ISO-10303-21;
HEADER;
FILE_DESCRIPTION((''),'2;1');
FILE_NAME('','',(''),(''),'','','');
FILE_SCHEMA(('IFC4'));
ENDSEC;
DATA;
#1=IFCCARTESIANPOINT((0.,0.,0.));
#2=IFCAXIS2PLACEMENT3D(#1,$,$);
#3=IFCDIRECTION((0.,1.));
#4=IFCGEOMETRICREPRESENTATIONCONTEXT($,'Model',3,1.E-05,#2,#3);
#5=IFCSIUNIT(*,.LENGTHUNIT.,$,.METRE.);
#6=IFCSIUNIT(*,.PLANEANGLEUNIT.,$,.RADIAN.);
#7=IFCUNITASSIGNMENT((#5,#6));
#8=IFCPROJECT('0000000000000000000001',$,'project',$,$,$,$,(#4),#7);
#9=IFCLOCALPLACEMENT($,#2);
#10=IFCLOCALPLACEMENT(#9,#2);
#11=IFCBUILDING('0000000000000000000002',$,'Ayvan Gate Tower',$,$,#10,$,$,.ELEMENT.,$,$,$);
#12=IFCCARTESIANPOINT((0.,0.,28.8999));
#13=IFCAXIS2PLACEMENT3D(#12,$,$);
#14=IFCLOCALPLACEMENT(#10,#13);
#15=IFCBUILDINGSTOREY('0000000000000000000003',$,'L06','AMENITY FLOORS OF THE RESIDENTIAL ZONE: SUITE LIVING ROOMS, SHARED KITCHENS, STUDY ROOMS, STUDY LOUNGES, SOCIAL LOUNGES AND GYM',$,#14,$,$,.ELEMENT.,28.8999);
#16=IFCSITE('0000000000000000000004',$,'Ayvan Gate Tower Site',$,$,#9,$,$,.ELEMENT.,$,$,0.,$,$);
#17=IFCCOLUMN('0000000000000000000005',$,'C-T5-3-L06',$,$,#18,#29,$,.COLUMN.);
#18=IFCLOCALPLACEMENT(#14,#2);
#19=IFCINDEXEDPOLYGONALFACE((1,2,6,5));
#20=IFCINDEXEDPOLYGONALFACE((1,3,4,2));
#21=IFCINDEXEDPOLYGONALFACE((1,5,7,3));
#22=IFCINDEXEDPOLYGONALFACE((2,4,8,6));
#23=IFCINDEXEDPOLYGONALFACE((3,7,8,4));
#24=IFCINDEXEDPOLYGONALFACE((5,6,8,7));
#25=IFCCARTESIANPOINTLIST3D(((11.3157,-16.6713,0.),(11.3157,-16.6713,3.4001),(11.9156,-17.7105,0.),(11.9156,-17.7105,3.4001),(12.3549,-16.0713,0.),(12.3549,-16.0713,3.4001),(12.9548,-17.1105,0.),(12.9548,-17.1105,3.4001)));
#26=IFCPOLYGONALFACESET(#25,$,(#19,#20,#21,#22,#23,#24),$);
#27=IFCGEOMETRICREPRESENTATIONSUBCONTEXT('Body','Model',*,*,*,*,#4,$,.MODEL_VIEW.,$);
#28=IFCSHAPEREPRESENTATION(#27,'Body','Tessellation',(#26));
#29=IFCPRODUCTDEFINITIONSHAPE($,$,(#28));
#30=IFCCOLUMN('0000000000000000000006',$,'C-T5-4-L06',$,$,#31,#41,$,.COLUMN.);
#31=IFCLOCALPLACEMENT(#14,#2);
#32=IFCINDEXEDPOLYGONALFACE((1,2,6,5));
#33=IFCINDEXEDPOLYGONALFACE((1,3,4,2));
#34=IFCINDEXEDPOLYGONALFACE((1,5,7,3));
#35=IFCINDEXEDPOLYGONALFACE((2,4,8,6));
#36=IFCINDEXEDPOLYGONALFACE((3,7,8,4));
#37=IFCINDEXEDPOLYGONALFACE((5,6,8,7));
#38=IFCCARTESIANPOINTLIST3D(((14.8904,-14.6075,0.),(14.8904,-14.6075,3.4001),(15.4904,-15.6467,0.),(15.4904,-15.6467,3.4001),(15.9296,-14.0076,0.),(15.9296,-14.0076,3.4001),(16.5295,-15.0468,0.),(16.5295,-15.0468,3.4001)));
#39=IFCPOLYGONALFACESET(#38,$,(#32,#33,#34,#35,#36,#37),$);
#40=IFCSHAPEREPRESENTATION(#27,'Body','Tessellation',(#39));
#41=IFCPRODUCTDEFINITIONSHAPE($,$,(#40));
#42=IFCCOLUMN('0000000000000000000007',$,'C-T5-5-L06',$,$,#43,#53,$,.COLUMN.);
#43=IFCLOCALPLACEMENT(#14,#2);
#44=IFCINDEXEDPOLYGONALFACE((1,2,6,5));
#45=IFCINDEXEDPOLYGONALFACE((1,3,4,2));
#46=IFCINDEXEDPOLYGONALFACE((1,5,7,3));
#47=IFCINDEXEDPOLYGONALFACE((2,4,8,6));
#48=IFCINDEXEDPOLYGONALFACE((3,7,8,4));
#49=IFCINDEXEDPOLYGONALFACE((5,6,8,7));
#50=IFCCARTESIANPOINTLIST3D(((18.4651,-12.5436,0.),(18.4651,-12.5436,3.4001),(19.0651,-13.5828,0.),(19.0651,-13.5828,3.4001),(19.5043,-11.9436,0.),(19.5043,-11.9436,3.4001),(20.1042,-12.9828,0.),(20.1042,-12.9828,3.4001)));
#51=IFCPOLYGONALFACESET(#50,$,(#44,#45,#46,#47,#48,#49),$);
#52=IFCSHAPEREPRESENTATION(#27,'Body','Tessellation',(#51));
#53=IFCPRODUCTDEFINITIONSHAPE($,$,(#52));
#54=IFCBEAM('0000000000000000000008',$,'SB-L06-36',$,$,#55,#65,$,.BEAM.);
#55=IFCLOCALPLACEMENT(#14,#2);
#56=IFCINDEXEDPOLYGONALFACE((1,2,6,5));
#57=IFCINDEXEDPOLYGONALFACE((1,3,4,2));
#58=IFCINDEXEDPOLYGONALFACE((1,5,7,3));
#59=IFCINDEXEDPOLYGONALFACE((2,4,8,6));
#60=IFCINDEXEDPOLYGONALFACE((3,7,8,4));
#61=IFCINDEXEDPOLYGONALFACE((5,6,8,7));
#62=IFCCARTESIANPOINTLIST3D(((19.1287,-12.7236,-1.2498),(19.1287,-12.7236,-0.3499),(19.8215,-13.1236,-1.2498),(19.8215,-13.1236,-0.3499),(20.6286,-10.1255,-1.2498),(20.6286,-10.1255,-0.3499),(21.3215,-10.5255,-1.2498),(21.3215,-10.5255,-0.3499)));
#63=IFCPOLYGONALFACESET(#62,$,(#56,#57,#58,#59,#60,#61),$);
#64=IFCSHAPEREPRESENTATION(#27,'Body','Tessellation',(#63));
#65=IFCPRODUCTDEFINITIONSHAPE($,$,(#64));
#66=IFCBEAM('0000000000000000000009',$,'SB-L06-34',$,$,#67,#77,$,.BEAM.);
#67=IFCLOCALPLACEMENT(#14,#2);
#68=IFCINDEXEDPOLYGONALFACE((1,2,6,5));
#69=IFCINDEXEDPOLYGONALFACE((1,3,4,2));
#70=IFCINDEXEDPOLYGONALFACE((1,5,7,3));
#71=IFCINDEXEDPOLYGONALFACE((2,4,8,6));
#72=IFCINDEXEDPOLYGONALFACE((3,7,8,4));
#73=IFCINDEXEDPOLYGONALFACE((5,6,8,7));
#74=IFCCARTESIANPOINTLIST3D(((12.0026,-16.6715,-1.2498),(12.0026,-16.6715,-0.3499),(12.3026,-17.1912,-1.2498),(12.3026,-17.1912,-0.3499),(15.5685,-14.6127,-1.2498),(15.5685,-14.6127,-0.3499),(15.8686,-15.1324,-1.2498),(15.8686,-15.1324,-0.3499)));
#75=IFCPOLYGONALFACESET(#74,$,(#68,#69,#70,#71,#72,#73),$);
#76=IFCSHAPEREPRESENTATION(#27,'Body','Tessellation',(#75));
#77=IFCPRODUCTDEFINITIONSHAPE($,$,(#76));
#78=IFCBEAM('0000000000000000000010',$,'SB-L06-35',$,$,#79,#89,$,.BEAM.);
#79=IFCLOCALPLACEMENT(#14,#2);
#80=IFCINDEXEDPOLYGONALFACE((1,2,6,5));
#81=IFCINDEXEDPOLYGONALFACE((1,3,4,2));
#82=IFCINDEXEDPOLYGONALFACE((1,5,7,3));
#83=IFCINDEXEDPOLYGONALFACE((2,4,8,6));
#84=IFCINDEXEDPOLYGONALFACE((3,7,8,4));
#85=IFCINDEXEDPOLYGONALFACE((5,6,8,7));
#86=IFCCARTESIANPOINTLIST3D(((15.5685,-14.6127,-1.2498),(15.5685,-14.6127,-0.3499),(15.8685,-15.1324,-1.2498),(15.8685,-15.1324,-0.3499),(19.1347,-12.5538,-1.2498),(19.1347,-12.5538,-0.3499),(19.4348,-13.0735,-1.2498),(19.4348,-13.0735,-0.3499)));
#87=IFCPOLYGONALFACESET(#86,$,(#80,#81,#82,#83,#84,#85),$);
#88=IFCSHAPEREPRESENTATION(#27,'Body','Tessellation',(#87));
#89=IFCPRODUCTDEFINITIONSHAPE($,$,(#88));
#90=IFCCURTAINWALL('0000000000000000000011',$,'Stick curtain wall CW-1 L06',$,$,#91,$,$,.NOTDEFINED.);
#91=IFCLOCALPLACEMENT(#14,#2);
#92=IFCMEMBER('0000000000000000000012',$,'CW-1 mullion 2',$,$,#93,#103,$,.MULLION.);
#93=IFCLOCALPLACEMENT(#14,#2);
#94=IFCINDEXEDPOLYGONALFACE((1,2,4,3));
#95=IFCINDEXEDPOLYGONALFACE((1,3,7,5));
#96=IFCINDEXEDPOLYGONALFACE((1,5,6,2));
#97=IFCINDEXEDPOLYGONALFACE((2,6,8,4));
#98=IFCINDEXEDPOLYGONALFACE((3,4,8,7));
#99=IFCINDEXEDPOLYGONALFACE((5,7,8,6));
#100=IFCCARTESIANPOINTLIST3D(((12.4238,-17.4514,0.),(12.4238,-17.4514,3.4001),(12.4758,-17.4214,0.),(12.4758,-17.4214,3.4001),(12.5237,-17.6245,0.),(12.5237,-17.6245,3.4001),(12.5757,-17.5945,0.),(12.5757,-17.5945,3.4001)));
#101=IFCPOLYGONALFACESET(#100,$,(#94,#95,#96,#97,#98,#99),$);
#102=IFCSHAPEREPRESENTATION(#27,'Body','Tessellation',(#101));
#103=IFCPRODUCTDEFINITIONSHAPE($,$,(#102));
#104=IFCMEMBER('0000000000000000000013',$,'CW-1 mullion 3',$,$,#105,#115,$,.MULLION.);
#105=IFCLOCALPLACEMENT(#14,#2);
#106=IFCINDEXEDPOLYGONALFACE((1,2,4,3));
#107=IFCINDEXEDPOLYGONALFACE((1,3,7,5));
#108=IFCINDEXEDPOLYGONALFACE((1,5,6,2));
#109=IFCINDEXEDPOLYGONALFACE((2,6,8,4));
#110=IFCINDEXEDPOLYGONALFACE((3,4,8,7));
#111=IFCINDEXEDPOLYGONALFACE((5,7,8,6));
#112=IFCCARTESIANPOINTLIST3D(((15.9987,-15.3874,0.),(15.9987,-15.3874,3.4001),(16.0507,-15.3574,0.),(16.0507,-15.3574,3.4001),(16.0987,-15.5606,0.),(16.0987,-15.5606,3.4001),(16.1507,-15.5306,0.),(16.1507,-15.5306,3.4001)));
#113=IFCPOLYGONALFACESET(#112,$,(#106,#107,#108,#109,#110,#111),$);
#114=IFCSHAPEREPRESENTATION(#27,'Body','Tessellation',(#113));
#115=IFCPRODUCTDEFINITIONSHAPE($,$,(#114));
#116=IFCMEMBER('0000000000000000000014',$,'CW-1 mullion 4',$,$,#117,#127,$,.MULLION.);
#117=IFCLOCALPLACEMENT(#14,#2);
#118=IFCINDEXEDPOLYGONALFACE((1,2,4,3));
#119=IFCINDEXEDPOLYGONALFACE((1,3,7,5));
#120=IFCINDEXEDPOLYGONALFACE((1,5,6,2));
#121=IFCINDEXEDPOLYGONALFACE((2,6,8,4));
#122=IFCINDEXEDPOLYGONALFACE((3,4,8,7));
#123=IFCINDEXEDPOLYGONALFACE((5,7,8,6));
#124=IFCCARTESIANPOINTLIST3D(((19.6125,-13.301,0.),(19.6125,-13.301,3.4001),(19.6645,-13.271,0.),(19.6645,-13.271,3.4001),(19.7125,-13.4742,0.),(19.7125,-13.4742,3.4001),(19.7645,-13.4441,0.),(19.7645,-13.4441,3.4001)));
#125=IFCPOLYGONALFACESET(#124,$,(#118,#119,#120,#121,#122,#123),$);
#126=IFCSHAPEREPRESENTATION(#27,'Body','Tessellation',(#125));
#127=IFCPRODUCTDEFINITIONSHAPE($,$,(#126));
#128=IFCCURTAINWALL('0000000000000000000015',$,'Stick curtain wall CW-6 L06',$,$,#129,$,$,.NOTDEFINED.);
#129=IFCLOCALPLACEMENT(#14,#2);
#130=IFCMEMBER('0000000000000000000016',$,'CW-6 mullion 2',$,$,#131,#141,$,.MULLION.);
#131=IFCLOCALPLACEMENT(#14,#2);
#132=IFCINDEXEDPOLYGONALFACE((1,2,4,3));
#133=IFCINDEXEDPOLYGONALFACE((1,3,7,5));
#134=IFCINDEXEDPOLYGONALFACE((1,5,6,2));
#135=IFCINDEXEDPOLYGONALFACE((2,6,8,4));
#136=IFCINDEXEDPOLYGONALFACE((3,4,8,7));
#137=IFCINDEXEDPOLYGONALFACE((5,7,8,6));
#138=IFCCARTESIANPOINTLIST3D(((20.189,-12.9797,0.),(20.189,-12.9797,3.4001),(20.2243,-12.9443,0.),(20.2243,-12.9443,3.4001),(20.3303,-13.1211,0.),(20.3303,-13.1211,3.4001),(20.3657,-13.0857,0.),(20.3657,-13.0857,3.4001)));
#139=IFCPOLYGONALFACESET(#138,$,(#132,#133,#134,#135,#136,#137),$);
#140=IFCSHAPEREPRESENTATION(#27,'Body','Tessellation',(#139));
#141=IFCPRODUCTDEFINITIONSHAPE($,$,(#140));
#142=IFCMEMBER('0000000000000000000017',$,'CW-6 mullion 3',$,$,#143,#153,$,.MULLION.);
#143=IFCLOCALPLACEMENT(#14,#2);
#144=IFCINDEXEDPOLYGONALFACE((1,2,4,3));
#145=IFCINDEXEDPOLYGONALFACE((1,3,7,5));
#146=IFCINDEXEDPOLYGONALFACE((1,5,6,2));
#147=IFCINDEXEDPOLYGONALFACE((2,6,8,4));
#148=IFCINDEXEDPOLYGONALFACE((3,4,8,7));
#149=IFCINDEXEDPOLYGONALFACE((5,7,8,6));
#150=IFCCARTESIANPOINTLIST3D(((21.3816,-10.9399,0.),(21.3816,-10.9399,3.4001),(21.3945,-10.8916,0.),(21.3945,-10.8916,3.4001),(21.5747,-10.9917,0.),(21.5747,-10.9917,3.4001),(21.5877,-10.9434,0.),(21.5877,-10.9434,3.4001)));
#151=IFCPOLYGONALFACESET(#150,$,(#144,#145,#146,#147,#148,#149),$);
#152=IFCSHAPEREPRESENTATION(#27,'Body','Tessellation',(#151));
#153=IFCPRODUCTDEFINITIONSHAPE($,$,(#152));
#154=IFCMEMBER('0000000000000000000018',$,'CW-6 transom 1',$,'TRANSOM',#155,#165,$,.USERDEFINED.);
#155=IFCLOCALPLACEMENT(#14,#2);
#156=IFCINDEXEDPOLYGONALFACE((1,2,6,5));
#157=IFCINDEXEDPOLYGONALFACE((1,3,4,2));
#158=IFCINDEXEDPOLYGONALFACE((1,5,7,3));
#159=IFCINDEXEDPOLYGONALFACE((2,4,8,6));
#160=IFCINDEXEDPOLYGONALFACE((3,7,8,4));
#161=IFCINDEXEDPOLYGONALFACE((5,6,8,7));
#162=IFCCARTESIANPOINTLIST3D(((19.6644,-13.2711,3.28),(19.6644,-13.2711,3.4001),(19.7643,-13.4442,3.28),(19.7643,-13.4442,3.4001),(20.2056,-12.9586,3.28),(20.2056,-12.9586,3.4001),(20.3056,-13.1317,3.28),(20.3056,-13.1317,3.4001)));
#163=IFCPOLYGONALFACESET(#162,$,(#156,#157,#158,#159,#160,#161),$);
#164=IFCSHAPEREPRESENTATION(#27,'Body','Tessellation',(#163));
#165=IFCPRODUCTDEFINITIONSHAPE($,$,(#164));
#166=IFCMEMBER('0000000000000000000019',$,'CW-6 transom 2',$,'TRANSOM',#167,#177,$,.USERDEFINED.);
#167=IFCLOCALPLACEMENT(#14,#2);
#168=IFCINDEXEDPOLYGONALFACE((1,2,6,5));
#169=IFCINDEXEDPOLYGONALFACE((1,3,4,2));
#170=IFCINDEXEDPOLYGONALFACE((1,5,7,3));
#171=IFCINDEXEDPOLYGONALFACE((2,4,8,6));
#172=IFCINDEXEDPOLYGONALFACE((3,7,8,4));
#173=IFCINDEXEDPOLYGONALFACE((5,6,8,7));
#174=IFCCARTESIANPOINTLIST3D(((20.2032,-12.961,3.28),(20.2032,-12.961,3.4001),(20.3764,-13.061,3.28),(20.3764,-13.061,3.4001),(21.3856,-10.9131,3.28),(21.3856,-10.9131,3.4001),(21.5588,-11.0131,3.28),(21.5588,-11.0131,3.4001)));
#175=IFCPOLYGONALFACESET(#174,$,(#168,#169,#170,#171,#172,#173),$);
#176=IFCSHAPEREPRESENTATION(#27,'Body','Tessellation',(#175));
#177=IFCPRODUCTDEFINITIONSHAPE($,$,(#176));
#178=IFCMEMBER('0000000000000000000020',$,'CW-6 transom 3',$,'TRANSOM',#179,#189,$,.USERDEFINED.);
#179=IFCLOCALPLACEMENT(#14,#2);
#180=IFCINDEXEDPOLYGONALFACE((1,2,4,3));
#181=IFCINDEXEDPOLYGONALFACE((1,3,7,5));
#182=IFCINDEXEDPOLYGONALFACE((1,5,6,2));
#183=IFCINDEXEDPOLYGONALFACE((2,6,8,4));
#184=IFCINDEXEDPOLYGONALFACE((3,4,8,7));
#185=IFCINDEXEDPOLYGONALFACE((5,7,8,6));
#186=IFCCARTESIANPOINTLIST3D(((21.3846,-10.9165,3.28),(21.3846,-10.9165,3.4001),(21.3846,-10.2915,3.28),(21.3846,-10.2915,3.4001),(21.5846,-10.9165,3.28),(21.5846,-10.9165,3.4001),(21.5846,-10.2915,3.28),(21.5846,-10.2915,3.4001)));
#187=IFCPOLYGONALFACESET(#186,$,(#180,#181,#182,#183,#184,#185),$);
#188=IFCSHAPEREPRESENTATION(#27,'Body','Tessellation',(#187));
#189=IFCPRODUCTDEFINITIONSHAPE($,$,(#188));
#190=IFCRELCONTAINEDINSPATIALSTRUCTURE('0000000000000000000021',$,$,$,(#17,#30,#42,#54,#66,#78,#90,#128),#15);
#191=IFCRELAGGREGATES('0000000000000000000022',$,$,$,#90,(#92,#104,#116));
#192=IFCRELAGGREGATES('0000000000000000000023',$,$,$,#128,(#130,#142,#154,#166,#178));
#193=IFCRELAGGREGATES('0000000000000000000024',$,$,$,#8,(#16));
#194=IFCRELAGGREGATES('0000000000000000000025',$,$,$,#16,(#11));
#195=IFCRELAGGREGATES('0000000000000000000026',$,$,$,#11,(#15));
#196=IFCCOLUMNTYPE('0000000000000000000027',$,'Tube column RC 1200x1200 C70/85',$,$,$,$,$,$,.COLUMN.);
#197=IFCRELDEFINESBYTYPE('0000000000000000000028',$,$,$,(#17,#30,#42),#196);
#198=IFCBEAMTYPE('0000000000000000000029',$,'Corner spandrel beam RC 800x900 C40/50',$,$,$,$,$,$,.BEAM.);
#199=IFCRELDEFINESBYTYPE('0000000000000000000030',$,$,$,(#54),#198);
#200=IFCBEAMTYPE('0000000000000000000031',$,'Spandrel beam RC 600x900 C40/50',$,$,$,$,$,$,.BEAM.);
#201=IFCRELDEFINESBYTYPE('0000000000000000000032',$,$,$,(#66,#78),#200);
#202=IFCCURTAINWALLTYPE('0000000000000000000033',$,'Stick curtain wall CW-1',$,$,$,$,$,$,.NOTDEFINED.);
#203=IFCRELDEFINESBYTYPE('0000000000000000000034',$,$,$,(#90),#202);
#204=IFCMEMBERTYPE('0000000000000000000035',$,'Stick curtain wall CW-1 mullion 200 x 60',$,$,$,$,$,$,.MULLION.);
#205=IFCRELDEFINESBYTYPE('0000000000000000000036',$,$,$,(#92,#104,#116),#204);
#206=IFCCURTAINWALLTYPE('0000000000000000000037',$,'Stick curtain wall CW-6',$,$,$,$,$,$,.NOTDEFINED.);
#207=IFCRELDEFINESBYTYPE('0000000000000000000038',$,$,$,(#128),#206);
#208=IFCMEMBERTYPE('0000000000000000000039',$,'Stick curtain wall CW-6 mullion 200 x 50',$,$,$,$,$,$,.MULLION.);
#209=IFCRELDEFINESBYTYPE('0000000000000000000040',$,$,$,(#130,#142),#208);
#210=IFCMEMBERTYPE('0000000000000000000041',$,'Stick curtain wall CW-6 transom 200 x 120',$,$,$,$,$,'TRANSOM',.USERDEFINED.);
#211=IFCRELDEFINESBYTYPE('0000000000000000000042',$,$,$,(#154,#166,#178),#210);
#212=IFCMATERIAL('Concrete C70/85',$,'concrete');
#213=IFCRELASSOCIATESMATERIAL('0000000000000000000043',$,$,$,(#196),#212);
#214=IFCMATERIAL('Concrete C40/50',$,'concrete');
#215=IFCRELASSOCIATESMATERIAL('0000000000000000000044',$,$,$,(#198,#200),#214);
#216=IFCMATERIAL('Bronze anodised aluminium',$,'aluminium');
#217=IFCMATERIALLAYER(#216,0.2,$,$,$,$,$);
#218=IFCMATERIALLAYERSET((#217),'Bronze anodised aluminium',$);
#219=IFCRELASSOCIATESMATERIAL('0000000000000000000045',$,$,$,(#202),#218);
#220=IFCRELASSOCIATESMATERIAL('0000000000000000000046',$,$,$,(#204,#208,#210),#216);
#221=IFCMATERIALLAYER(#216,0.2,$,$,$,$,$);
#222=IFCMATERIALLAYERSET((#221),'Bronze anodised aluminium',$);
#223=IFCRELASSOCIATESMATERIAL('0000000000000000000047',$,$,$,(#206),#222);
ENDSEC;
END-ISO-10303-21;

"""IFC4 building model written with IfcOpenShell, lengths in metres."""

from ifc_helpers import new_model, si_unit, direction, frame, origin, origin_2d, place, context, subcontext, project, spatial, rectangle, extrude, material, layer, layer_set, material_profile, profile_set, type_object, element, aggregate, save


model = new_model("IFC4")

# Units and contexts
model_context = context("Model", 3, precision=1e-05, world=origin(), true_north=direction((0.0, 1.0)))
body_context = subcontext(model_context, "Body", "Model", "MODEL_VIEW")
ifc_project = project(units=[si_unit("LENGTHUNIT", "METRE"), si_unit("PLANEANGLEUNIT", "RADIAN")], contexts=[model_context])

# Site, building, storey
site_placement = place(None, origin())
site = spatial("IfcSite", under=ifc_project, at=site_placement, Name="Ayvan Gate Tower Site", CompositionType="ELEMENT", RefElevation=0.0)
building_placement = place(site_placement, origin())
building = spatial("IfcBuilding", under=site, at=building_placement, Name="Ayvan Gate Tower", CompositionType="ELEMENT")
storey_placement = place(building_placement, frame((0.0, 0.0, 28.8999)))
storey = spatial("IfcBuildingStorey", under=building, at=storey_placement, Name="L06", Description="AMENITY FLOORS OF THE RESIDENTIAL ZONE: SUITE LIVING ROOMS, SHARED KITCHENS, STUDY ROOMS, STUDY LOUNGES, SOCIAL LOUNGES AND GYM", CompositionType="ELEMENT", Elevation=28.8999)

# Columns
ifc_material_1 = material(Name="Concrete C70/85", Category="concrete")
ifc_material_profile_1 = material_profile(ifc_material_1, rectangle(XDim=1.2, YDim=1.2, at=origin_2d()), Name="RC 1200x1200")
ifc_profile_set_1 = profile_set([ifc_material_profile_1], Name="Concrete C70/85")
column_type = type_object("IfcColumnType", Name="Tube column RC 1200x1200 C70/85", PredefinedType="COLUMN", material=ifc_profile_set_1)
for number, where, z_axis, x_axis, name in (
    (1, (12.1353, -16.8909, 0.0), (0.0, 0.0, 1.0), (0.5, -0.866025, 0.0), "C-T5-3-L06"),
    (2, (15.71, -14.8271, 0.0), (0.0, 0.0, 1.0), (0.5, -0.866025, 0.0), "C-T5-4-L06"),
    (3, (19.2847, -12.7632, 0.0), (0.0, 0.0, 1.0), (0.5, -0.866025, 0.0), "C-T5-5-L06"),
):
    element("IfcColumn", number, at=place(storey_placement, frame(where, z_axis=z_axis, x_axis=x_axis)), inside=storey, type_object=column_type, Name=name, PredefinedType="COLUMN", context=body_context, shape_type="SweptSolid", body=[
        extrude(rectangle(XDim=1.2, YDim=1.2, at=origin_2d()), origin(), (0.0, 0.0, 1.0), 3.4001),
    ])

# Beams
ifc_material_2 = material(Name="Concrete C40/50", Category="concrete")
ifc_material_profile_2 = material_profile(ifc_material_2, rectangle(XDim=0.8, YDim=0.8999, at=origin_2d()), Name="RC 800x900")
ifc_profile_set_2 = profile_set([ifc_material_profile_2], Name="Concrete C40/50")
beam_type_1 = type_object("IfcBeamType", Name="Corner spandrel beam RC 800x900 C40/50", PredefinedType="BEAM", material=ifc_profile_set_2)
beam_1_placement = place(storey_placement, frame((19.4751, -12.9236, -0.7998), z_axis=(0.49999, 0.866031, 0.0), x_axis=(-0.866031, 0.49999, 0.0)))
element("IfcBeam", 4, at=beam_1_placement, inside=storey, type_object=beam_type_1, Name="SB-L06-36", PredefinedType="BEAM", context=body_context, shape_type="SweptSolid", body=[
    extrude(rectangle(XDim=0.8, YDim=0.8999, at=origin_2d()), origin(), (0.0, 0.0, 1.0), 3.0),
])
ifc_material_profile_3 = material_profile(ifc_material_2, rectangle(XDim=0.6001, YDim=0.8999, at=origin_2d()), Name="RC 600x900")
ifc_profile_set_3 = profile_set([ifc_material_profile_3], Name="Concrete C40/50")
beam_type_2 = type_object("IfcBeamType", Name="Spandrel beam RC 600x900 C40/50", PredefinedType="BEAM", material=ifc_profile_set_3)
beam_2_placement = place(storey_placement, frame((12.1526, -16.9314, -0.7998), z_axis=(0.86602, 0.50001, 0.0), x_axis=(-0.50001, 0.86602, 0.0)))
element("IfcBeam", 5, at=beam_2_placement, inside=storey, type_object=beam_type_2, Name="SB-L06-34", PredefinedType="BEAM", context=body_context, shape_type="SweptSolid", body=[
    extrude(rectangle(XDim=0.6001, YDim=0.8999, at=origin_2d()), origin(), (0.0, 0.0, 1.0), 4.1177),
])
beam_3_placement = place(storey_placement, frame((15.7185, -14.8726, -0.7998), z_axis=(0.866035, 0.499984, 0.0), x_axis=(-0.499984, 0.866035, 0.0)))
element("IfcBeam", 6, at=beam_3_placement, inside=storey, type_object=beam_type_2, Name="SB-L06-35", PredefinedType="BEAM", context=body_context, shape_type="SweptSolid", body=[
    extrude(rectangle(XDim=0.6001, YDim=0.8999, at=origin_2d()), origin(), (0.0, 0.0, 1.0), 4.1179),
])

# Curtain walls, members
ifc_material_3 = material(Name="Bronze anodised aluminium", Category="aluminium")
ifc_layer_1 = layer(ifc_material_3, 0.2)
ifc_layer_set_1 = layer_set([ifc_layer_1], Name="Bronze anodised aluminium")
curtain_wall_type_1 = type_object("IfcCurtainWallType", Name="Stick curtain wall CW-1", PredefinedType="NOTDEFINED", material=ifc_layer_set_1)
curtain_wall_1_placement = place(storey_placement, origin())
curtain_wall_1 = element("IfcCurtainWall", 7, at=curtain_wall_1_placement, inside=storey, type_object=curtain_wall_type_1, Name="Stick curtain wall CW-1 L06", PredefinedType="NOTDEFINED")
ifc_material_profile_4 = material_profile(ifc_material_3, rectangle(XDim=0.2, YDim=0.0601, at=origin_2d()), Name="Stick curtain wall CW-1 mullion 200 x 60")
ifc_profile_set_4 = profile_set([ifc_material_profile_4], Name="Bronze anodised aluminium")
member_type_1 = type_object("IfcMemberType", Name="Stick curtain wall CW-1 mullion 200 x 60", PredefinedType="MULLION", material=ifc_profile_set_4)
member_1_placement = place(storey_placement, frame((12.4998, -17.5229, 0.0), z_axis=(0.0, 0.0, 1.0), x_axis=(0.5, -0.866025, 0.0)))
member_1 = element("IfcMember", 8, at=member_1_placement, type_object=member_type_1, Name="CW-1 mullion 2", PredefinedType="MULLION", context=body_context, shape_type="SweptSolid", body=[
    extrude(rectangle(XDim=0.2, YDim=0.0601, at=origin_2d()), origin(), (0.0, 0.0, 1.0), 3.4001),
])
member_2_placement = place(storey_placement, frame((16.0747, -15.459, 0.0), z_axis=(0.0, 0.0, 1.0), x_axis=(0.5, -0.866025, 0.0)))
member_2 = element("IfcMember", 9, at=member_2_placement, type_object=member_type_1, Name="CW-1 mullion 3", PredefinedType="MULLION", context=body_context, shape_type="SweptSolid", body=[
    extrude(rectangle(XDim=0.2, YDim=0.0601, at=origin_2d()), origin(), (0.0, 0.0, 1.0), 3.4001),
])
member_3_placement = place(storey_placement, frame((19.6885, -13.3726, 0.0), z_axis=(0.0, 0.0, 1.0), x_axis=(0.5, -0.866025, 0.0)))
member_3 = element("IfcMember", 10, at=member_3_placement, type_object=member_type_1, Name="CW-1 mullion 4", PredefinedType="MULLION", context=body_context, shape_type="SweptSolid", body=[
    extrude(rectangle(XDim=0.2, YDim=0.0601, at=origin_2d()), origin(), (0.0, 0.0, 1.0), 3.4001),
])
ifc_layer_2 = layer(ifc_material_3, 0.2)
ifc_layer_set_2 = layer_set([ifc_layer_2], Name="Bronze anodised aluminium")
curtain_wall_type_2 = type_object("IfcCurtainWallType", Name="Stick curtain wall CW-6", PredefinedType="NOTDEFINED", material=ifc_layer_set_2)
curtain_wall_2_placement = place(storey_placement, origin())
curtain_wall_2 = element("IfcCurtainWall", 11, at=curtain_wall_2_placement, inside=storey, type_object=curtain_wall_type_2, Name="Stick curtain wall CW-6 L06", PredefinedType="NOTDEFINED")
ifc_material_profile_5 = material_profile(ifc_material_3, rectangle(XDim=0.2, YDim=0.05, at=origin_2d()), Name="Stick curtain wall CW-6 mullion 200 x 50")
ifc_profile_set_5 = profile_set([ifc_material_profile_5], Name="Bronze anodised aluminium")
member_type_2 = type_object("IfcMemberType", Name="Stick curtain wall CW-6 mullion 200 x 50", PredefinedType="MULLION", material=ifc_profile_set_5)
member_4_placement = place(storey_placement, frame((20.2773, -13.0327, 0.0), z_axis=(0.0, 0.0, 1.0), x_axis=(0.707107, -0.707107, 0.0)))
member_4 = element("IfcMember", 12, at=member_4_placement, type_object=member_type_2, Name="CW-6 mullion 2", PredefinedType="MULLION", context=body_context, shape_type="SweptSolid", body=[
    extrude(rectangle(XDim=0.2, YDim=0.05, at=origin_2d()), origin(), (0.0, 0.0, 1.0), 3.4001),
])
member_5_placement = place(storey_placement, frame((21.4846, -10.9417, 0.0), z_axis=(0.0, 0.0, 1.0), x_axis=(0.965926, -0.258819, 0.0)))
member_5 = element("IfcMember", 13, at=member_5_placement, type_object=member_type_2, Name="CW-6 mullion 3", PredefinedType="MULLION", context=body_context, shape_type="SweptSolid", body=[
    extrude(rectangle(XDim=0.2, YDim=0.05, at=origin_2d()), origin(), (0.0, 0.0, 1.0), 3.4001),
])
ifc_material_profile_6 = material_profile(ifc_material_3, rectangle(XDim=0.2, YDim=0.1201, at=origin_2d()), Name="Stick curtain wall CW-6 transom 200 x 120")
ifc_profile_set_6 = profile_set([ifc_material_profile_6], Name="Bronze anodised aluminium")
member_type_3 = type_object("IfcMemberType", Name="Stick curtain wall CW-6 transom 200 x 120", ElementType="TRANSOM", PredefinedType="USERDEFINED", material=ifc_profile_set_6)
member_6_placement = place(storey_placement, frame((19.7144, -13.3577, 3.3401), z_axis=(0.866023, 0.500004, 0.0), x_axis=(-0.500004, 0.866023, 0.0)))
member_6 = element("IfcMember", 14, at=member_6_placement, type_object=member_type_3, Name="CW-6 transom 1", ObjectType="TRANSOM", PredefinedType="USERDEFINED", context=body_context, shape_type="SweptSolid", body=[
    extrude(rectangle(XDim=0.2, YDim=0.1201, at=origin_2d()), origin(), (0.0, 0.0, 1.0), 0.625),
])
member_7_placement = place(storey_placement, frame((20.2898, -13.011, 3.3401), z_axis=(0.500014, 0.866017, 0.0), x_axis=(-0.866017, 0.500014, 0.0)))
member_7 = element("IfcMember", 15, at=member_7_placement, type_object=member_type_3, Name="CW-6 transom 2", ObjectType="TRANSOM", PredefinedType="USERDEFINED", context=body_context, shape_type="SweptSolid", body=[
    extrude(rectangle(XDim=0.2, YDim=0.1201, at=origin_2d()), origin(), (0.0, 0.0, 1.0), 2.3647),
])
member_8_placement = place(storey_placement, frame((21.4846, -10.9165, 3.3401), z_axis=(0.0, 1.0, 0.0), x_axis=(-1.0, 0.0, 0.0)))
member_8 = element("IfcMember", 16, at=member_8_placement, type_object=member_type_3, Name="CW-6 transom 3", ObjectType="TRANSOM", PredefinedType="USERDEFINED", context=body_context, shape_type="SweptSolid", body=[
    extrude(rectangle(XDim=0.2, YDim=0.1201, at=origin_2d()), origin(), (0.0, 0.0, 1.0), 0.625),
])

aggregate(curtain_wall_1, [member_1, member_2, member_3])
aggregate(curtain_wall_2, [member_4, member_5, member_6, member_7, member_8])

save(model, "model.ifc")
